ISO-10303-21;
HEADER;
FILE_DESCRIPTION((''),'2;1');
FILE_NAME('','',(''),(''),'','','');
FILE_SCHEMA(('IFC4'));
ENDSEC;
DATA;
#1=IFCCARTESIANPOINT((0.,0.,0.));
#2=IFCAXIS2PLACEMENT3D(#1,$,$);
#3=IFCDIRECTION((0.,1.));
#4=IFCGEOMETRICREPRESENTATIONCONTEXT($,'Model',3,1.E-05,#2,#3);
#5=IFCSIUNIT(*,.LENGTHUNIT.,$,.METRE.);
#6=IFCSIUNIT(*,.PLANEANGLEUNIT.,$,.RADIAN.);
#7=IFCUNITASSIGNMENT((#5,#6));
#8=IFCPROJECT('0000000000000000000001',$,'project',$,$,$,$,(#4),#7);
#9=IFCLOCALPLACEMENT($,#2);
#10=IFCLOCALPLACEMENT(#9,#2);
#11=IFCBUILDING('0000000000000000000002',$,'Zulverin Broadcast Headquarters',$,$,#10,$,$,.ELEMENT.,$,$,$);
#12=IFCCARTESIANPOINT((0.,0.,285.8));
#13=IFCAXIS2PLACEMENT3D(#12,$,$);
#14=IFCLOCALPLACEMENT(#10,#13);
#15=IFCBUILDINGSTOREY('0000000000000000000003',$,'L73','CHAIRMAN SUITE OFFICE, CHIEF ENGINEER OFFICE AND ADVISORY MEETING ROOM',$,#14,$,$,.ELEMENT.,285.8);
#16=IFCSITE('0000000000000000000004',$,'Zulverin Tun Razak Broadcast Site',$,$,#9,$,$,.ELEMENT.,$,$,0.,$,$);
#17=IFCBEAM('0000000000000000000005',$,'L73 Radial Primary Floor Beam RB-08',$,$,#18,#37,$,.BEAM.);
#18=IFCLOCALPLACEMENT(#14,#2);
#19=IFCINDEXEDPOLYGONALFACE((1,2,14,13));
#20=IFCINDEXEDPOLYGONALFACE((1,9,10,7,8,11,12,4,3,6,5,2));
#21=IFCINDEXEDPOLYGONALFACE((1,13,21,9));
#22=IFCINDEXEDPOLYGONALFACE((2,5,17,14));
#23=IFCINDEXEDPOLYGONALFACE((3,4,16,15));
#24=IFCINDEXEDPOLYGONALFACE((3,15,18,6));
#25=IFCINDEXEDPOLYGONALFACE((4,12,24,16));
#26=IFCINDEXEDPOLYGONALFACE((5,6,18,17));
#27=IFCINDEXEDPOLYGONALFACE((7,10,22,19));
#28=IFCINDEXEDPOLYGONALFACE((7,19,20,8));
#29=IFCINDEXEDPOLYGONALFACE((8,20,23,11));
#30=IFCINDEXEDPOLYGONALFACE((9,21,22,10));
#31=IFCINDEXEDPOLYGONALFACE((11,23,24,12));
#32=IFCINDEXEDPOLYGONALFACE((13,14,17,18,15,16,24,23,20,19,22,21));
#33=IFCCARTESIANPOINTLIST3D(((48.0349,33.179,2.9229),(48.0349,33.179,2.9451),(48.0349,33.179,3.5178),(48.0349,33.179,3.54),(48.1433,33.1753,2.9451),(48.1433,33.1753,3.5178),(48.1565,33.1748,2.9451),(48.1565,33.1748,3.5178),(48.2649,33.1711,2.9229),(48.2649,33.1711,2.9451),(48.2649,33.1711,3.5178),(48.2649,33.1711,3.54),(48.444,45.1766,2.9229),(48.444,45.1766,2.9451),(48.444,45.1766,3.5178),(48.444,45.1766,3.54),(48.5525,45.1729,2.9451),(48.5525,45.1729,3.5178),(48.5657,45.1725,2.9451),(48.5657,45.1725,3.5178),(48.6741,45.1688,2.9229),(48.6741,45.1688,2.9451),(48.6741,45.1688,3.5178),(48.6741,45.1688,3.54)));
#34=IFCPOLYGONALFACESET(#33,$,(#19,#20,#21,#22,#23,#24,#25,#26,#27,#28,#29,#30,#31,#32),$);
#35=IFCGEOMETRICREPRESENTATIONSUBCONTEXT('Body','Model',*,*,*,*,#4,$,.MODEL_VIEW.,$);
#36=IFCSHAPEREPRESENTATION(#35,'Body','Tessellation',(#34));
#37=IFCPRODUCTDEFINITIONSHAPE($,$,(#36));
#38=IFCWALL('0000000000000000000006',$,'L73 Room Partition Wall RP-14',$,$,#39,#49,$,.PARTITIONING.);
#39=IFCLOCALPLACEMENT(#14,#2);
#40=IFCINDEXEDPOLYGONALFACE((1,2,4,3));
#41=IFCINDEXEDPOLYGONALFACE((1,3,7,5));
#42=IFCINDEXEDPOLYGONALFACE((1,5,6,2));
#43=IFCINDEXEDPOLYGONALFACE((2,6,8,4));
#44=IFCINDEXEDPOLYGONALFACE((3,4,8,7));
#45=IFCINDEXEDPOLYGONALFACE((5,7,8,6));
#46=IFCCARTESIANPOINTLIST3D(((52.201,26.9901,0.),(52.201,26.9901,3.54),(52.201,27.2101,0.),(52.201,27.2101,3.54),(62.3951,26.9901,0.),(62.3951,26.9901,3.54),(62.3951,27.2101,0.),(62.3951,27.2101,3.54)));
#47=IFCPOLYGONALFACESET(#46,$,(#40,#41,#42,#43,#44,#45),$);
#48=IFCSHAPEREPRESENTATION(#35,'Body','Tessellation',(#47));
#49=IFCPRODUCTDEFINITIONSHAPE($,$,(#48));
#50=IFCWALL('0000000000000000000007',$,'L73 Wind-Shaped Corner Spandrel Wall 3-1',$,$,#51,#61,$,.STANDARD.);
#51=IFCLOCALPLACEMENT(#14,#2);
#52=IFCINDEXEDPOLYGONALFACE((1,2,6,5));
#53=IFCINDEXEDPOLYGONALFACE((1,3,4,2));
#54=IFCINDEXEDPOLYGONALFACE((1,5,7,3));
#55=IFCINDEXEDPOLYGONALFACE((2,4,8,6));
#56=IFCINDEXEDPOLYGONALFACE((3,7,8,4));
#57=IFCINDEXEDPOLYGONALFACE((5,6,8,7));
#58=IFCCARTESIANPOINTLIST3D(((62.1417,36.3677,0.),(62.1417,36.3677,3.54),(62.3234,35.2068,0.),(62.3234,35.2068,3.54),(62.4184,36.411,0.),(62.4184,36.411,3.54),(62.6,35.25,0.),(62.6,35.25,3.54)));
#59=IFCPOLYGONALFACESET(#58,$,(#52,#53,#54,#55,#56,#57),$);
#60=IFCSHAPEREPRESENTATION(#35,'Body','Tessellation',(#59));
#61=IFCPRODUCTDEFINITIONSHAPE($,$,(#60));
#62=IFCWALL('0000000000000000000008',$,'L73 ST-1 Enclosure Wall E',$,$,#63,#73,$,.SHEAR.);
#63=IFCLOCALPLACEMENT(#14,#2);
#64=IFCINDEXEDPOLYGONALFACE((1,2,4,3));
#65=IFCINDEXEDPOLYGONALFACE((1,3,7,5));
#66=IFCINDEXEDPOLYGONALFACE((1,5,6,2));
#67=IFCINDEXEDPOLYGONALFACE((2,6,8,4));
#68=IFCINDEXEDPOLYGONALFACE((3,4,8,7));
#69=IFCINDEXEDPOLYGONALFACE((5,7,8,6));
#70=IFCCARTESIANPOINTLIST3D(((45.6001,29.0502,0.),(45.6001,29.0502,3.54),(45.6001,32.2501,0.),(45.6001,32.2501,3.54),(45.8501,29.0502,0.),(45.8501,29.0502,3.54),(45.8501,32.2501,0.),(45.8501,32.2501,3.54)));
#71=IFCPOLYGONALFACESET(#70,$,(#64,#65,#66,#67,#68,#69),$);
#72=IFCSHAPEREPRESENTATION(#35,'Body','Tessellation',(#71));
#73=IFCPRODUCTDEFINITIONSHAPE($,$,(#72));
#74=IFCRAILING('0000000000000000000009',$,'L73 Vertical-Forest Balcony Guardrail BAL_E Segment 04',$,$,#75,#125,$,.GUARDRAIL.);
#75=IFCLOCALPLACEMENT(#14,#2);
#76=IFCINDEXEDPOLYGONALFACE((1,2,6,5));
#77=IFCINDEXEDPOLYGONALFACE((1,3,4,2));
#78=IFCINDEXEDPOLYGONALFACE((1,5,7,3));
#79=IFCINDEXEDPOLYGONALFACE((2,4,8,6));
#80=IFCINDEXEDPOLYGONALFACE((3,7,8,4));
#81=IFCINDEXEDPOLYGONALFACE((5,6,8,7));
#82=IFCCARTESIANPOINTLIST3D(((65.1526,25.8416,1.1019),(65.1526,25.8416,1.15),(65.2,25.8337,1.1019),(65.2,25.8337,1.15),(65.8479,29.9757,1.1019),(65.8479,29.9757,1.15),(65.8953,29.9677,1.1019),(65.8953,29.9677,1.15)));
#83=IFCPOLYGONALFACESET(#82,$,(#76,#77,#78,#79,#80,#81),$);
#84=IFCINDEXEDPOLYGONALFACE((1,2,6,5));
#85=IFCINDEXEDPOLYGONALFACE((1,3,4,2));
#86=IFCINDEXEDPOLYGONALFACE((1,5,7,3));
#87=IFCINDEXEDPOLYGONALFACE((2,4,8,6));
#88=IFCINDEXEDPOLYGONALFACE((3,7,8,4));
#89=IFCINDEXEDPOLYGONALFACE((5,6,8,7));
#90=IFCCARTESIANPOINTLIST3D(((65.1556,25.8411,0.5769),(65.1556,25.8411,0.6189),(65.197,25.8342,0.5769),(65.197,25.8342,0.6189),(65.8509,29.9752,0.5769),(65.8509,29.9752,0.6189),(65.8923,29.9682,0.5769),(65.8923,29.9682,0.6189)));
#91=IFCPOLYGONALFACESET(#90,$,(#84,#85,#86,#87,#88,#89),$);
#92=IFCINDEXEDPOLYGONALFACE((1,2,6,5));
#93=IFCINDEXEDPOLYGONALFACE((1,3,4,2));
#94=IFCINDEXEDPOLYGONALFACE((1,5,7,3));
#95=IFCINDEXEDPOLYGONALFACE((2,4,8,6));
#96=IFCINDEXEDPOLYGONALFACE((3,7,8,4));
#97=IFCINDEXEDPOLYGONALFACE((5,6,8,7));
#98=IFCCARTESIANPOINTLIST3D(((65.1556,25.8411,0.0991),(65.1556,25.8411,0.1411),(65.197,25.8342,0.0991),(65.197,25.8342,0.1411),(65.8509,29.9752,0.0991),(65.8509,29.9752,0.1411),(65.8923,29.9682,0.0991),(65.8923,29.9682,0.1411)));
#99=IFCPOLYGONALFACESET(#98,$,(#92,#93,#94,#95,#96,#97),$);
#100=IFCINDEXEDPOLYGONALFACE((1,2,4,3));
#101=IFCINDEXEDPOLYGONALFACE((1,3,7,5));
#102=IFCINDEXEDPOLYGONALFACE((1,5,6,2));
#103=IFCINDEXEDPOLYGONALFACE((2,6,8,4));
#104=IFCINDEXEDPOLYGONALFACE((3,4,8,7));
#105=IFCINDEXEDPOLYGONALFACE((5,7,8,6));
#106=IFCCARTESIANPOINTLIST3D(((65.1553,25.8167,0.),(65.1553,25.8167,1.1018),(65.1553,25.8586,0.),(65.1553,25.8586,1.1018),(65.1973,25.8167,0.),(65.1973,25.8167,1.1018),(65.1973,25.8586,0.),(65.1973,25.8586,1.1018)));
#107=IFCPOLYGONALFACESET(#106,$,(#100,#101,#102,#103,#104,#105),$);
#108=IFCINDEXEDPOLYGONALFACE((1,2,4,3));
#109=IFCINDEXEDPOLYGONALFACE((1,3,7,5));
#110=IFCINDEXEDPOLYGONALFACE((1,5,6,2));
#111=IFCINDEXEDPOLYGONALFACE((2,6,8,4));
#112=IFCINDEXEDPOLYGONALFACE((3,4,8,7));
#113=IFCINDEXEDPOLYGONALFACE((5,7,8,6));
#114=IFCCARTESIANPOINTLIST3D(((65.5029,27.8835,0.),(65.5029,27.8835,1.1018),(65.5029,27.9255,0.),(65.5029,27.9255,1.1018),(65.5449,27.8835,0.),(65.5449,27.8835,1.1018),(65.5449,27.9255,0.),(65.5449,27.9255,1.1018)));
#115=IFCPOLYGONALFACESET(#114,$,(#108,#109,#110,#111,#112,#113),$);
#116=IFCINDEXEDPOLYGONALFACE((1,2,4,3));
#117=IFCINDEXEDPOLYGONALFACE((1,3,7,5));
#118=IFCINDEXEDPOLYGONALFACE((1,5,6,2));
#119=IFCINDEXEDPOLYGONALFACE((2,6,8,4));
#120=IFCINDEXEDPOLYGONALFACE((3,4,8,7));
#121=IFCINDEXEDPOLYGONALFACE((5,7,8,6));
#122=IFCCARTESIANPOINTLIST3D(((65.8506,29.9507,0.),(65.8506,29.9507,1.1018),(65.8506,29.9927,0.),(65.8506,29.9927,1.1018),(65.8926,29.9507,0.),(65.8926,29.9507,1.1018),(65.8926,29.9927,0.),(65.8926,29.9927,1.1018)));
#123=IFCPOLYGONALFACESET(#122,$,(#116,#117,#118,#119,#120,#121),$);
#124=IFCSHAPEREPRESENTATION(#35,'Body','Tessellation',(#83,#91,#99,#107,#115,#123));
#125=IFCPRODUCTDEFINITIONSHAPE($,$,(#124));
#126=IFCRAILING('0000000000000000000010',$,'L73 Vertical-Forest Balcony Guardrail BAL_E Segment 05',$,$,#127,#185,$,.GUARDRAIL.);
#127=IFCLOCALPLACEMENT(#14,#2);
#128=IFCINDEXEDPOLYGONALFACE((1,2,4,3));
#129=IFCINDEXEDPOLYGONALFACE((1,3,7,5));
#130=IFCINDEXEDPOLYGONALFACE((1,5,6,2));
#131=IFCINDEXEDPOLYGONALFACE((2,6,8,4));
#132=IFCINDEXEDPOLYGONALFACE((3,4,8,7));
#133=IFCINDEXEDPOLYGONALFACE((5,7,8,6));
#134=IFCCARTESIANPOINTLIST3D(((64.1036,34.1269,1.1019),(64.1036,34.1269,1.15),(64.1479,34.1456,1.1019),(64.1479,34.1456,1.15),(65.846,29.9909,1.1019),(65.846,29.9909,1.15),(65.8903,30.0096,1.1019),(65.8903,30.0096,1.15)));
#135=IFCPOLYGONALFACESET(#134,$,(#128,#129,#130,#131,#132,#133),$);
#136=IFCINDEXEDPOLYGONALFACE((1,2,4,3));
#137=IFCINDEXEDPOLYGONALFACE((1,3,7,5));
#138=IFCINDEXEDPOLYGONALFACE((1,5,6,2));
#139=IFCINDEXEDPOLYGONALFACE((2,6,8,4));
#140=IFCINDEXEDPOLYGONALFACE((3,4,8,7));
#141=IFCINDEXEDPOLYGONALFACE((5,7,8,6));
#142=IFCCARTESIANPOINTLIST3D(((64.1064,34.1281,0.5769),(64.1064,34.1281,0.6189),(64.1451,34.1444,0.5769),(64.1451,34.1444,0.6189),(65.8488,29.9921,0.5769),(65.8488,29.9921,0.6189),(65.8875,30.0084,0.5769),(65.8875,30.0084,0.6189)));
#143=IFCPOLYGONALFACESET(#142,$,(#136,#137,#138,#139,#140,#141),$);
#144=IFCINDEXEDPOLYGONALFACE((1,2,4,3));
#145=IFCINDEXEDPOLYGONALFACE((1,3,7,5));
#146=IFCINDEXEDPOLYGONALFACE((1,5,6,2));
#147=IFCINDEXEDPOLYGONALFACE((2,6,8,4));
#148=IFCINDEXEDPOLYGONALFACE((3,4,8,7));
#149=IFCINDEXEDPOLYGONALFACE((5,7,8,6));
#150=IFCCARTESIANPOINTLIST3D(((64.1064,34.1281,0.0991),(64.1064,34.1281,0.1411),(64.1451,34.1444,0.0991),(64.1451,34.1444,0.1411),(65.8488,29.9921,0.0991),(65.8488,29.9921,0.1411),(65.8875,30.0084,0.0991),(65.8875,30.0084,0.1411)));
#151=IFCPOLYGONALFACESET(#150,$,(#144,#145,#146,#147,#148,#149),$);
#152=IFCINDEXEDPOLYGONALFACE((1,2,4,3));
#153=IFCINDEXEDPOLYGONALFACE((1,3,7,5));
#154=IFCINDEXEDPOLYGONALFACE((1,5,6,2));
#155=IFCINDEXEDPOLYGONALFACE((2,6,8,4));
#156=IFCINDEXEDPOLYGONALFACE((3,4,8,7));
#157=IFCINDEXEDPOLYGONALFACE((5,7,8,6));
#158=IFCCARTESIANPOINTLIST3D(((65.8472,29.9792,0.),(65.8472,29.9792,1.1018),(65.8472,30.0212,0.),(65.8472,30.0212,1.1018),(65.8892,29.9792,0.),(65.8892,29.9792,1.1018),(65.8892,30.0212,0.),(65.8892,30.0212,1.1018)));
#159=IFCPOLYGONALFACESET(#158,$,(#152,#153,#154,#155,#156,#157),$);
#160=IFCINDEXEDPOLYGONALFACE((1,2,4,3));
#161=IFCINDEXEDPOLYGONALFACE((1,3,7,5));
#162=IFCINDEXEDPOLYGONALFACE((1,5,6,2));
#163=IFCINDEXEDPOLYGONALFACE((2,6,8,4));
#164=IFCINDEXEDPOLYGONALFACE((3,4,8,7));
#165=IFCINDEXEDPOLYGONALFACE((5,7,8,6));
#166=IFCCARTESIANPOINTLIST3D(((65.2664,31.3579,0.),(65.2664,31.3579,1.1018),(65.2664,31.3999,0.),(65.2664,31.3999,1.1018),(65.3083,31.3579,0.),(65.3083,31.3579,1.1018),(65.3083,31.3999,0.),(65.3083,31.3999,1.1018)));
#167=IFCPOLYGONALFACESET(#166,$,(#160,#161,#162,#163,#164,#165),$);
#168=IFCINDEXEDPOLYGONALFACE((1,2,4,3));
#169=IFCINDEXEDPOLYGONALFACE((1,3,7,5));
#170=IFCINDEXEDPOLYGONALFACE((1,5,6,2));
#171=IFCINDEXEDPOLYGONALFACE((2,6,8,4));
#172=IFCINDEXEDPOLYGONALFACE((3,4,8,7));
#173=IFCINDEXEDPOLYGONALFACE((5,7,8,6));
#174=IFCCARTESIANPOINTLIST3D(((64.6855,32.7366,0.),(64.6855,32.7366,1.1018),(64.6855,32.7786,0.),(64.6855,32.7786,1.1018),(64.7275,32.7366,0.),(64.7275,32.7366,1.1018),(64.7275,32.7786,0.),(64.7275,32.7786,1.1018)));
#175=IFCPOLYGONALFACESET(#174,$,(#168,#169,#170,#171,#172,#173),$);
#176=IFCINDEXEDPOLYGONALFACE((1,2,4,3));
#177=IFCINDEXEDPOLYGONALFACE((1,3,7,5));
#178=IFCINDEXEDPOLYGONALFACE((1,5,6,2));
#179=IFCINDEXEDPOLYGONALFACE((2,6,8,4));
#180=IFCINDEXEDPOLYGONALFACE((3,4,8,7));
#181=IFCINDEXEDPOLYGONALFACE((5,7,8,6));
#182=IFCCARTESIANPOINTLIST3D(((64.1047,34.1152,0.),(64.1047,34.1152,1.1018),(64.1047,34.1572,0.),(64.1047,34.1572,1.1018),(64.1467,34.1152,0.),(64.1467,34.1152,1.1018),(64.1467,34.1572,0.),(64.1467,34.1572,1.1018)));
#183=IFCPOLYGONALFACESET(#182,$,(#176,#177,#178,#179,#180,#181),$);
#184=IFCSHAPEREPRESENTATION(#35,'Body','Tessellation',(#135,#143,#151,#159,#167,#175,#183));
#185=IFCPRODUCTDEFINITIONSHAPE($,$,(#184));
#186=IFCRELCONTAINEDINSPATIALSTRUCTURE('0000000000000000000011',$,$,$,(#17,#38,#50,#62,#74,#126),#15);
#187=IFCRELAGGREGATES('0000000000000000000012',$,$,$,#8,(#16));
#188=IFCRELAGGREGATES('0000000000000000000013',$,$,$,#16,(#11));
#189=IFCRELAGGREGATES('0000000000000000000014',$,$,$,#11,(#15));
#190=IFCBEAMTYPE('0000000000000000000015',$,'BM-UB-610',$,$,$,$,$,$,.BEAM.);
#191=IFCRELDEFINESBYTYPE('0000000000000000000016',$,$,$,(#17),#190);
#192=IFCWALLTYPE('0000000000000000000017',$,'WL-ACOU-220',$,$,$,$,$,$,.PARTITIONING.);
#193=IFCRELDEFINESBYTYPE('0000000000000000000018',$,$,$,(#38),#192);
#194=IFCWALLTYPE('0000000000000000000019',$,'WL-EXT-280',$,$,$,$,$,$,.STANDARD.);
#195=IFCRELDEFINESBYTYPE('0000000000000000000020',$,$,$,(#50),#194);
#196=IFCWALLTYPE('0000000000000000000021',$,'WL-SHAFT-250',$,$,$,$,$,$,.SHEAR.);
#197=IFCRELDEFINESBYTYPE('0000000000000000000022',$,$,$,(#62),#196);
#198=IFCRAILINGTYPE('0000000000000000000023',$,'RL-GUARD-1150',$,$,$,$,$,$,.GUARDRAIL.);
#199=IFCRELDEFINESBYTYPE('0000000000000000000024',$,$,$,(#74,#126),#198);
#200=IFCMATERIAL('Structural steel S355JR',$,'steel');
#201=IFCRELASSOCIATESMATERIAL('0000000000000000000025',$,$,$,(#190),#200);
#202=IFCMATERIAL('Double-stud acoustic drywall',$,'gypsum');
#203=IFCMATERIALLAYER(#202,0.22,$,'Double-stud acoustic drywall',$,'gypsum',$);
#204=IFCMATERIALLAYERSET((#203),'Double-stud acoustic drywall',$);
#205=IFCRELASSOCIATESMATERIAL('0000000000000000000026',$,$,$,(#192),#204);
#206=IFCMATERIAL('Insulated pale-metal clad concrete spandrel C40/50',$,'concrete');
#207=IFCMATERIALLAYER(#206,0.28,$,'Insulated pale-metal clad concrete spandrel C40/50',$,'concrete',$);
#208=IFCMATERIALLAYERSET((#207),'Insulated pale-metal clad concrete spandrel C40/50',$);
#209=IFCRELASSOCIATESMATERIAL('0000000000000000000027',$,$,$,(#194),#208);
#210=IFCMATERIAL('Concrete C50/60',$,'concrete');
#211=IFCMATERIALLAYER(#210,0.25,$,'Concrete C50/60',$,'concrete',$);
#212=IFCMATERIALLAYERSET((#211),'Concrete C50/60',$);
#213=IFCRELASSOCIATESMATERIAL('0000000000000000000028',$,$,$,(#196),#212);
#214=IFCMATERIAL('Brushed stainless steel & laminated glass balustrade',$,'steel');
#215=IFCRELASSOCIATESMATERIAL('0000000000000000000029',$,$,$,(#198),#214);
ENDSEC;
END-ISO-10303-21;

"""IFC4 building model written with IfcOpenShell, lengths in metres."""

from ifc_helpers import new_model, si_unit, direction, frame, frame_2d, origin, origin_2d, place, context, subcontext, project, spatial, rectangle, i_section, extrude, material, layer, layer_set, material_profile, profile_set, type_object, element, save


model = new_model("IFC4")

# Units and contexts
model_context = context("Model", 3, precision=1e-05, world=origin(), true_north=direction((0.0, 1.0)))
body_context = subcontext(model_context, "Body", "Model", "MODEL_VIEW")
ifc_project = project(units=[si_unit("LENGTHUNIT", "METRE"), si_unit("PLANEANGLEUNIT", "RADIAN")], contexts=[model_context])

# Site, building, storey
site_placement = place(None, origin())
site = spatial("IfcSite", under=ifc_project, at=site_placement, Name="Zulverin Tun Razak Broadcast Site", CompositionType="ELEMENT", RefElevation=0.0)
building_placement = place(site_placement, origin())
building = spatial("IfcBuilding", under=site, at=building_placement, Name="Zulverin Broadcast Headquarters", CompositionType="ELEMENT")
storey_placement = place(building_placement, frame((0.0, 0.0, 285.8)))
storey = spatial("IfcBuildingStorey", under=building, at=storey_placement, Name="L73", Description="CHAIRMAN SUITE OFFICE, CHIEF ENGINEER OFFICE AND ADVISORY MEETING ROOM", CompositionType="ELEMENT", Elevation=285.8)

# Shared definitions
ifc_material_1 = material(Name="Concrete C50/60", Category="concrete")

# Beam
ifc_material_2 = material(Name="Structural steel S355JR", Category="steel")
ifc_material_profile_1 = material_profile(ifc_material_2, i_section(OverallWidth=0.2302, OverallDepth=0.6172, WebThickness=0.0132, FlangeThickness=0.0222, at=origin_2d()), Name="Structural steel S355JR", Category="steel")
ifc_profile_set_1 = profile_set([ifc_material_profile_1], Name="Structural steel S355JR")
beam_type_1 = type_object("IfcBeamType", Name="BM-UB-610", PredefinedType="BEAM", material=ifc_profile_set_1)
beam_1_placement = place(storey_placement, frame((48.1499, 33.175, 3.2314), z_axis=(0.034085, 0.999419, 0.0), x_axis=(-0.999419, 0.034085, 0.0)))
element("IfcBeam", 1, at=beam_1_placement, inside=storey, type_object=beam_type_1, Name="L73 Radial Primary Floor Beam RB-08", PredefinedType="BEAM", context=body_context, shape_type="SweptSolid", body=[
    extrude(i_section(OverallWidth=0.2302, OverallDepth=0.6172, WebThickness=0.0132, FlangeThickness=0.0222, at=origin_2d()), origin(), (0.0, 0.0, 1.0), 12.0046),
])

# Walls
ifc_material_3 = material(Name="Double-stud acoustic drywall", Category="gypsum")
ifc_layer_1 = layer(ifc_material_3, 0.22, Name="Double-stud acoustic drywall", Category="gypsum")
ifc_layer_set_1 = layer_set([ifc_layer_1], Name="Double-stud acoustic drywall")
wall_type_1 = type_object("IfcWallType", Name="WL-ACOU-220", PredefinedType="PARTITIONING", material=ifc_layer_set_1)
wall_1_placement = place(storey_placement, frame((52.2009, 27.1001, 0.0), z_axis=(0.0, 0.0, 1.0), x_axis=(1.0, 0.0, 0.0)))
element("IfcWall", 2, at=wall_1_placement, inside=storey, type_object=wall_type_1, Name="L73 Room Partition Wall RP-14", PredefinedType="PARTITIONING", context=body_context, shape_type="SweptSolid", body=[
    extrude(rectangle(XDim=10.1941, YDim=0.22, at=frame_2d((5.0972, 0.0))), origin(), (0.0, 0.0, 1.0), 3.54),
])
ifc_material_4 = material(Name="Insulated pale-metal clad concrete spandrel C40/50", Category="concrete")
ifc_layer_2 = layer(ifc_material_4, 0.28, Name="Insulated pale-metal clad concrete spandrel C40/50", Category="concrete")
ifc_layer_set_2 = layer_set([ifc_layer_2], Name="Insulated pale-metal clad concrete spandrel C40/50")
wall_type_2 = type_object("IfcWallType", Name="WL-EXT-280", PredefinedType="STANDARD", material=ifc_layer_set_2)
wall_2_placement = place(storey_placement, frame((62.4617, 35.2285, 0.0), z_axis=(0.0, 0.0, 1.0), x_axis=(-0.154586, 0.987979, 0.0)))
element("IfcWall", 3, at=wall_2_placement, inside=storey, type_object=wall_type_2, Name="L73 Wind-Shaped Corner Spandrel Wall 3-1", PredefinedType="STANDARD", context=body_context, shape_type="SweptSolid", body=[
    extrude(rectangle(XDim=1.175, YDim=0.28, at=frame_2d((0.5874, 0.0))), origin(), (0.0, 0.0, 1.0), 3.54),
])
ifc_layer_3 = layer(ifc_material_1, 0.25, Name="Concrete C50/60", Category="concrete")
ifc_layer_set_3 = layer_set([ifc_layer_3], Name="Concrete C50/60")
wall_type_3 = type_object("IfcWallType", Name="WL-SHAFT-250", PredefinedType="SHEAR", material=ifc_layer_set_3)
wall_3_placement = place(storey_placement, frame((45.7251, 29.05, 0.0), z_axis=(0.0, 0.0, 1.0), x_axis=(0.0, 1.0, 0.0)))
element("IfcWall", 4, at=wall_3_placement, inside=storey, type_object=wall_type_3, Name="L73 ST-1 Enclosure Wall E", PredefinedType="SHEAR", context=body_context, shape_type="SweptSolid", body=[
    extrude(rectangle(XDim=3.2, YDim=0.25, at=frame_2d((1.6001, 0.0))), origin(), (0.0, 0.0, 1.0), 3.54),
])

# Railings
ifc_material_5 = material(Name="Brushed stainless steel & laminated glass balustrade", Category="steel")
railing_type = type_object("IfcRailingType", Name="RL-GUARD-1150", PredefinedType="GUARDRAIL", material=ifc_material_5)
railing_1_placement = place(storey_placement, frame((65.1763, 25.8376, 0.0)))
element("IfcRailing", 5, at=railing_1_placement, inside=storey, type_object=railing_type, Name="L73 Vertical-Forest Balcony Guardrail BAL_E Segment 04", PredefinedType="GUARDRAIL", context=body_context, shape_type="SweptSolid", body=[
    extrude(rectangle(XDim=0.0481, YDim=0.0481, at=origin_2d()), frame((0.0, 0.0, 1.126), z_axis=(0.165863, 0.986149, 0.0), x_axis=(-0.986149, 0.165863, 0.0)), (0.0, 0.0, 1.0), 4.1921),
    extrude(rectangle(XDim=0.042, YDim=0.042, at=origin_2d()), frame((0.0, 0.0, 0.5979), z_axis=(0.165863, 0.986149, 0.0), x_axis=(-0.986149, 0.165863, 0.0)), (0.0, 0.0, 1.0), 4.1921),
    extrude(rectangle(XDim=0.042, YDim=0.042, at=origin_2d()), frame((0.0, 0.0, 0.1201), z_axis=(0.165863, 0.986149, 0.0), x_axis=(-0.986149, 0.165863, 0.0)), (0.0, 0.0, 1.0), 4.1921),
    extrude(rectangle(XDim=0.042, YDim=0.042, at=origin_2d()), origin(), (0.0, 0.0, 1.0), 1.1018),
    extrude(rectangle(XDim=0.042, YDim=0.042, at=origin_2d()), frame((0.3477, 2.0669, 0.0)), (0.0, 0.0, 1.0), 1.1018),
    extrude(rectangle(XDim=0.042, YDim=0.042, at=origin_2d()), frame((0.6953, 4.134, 0.0)), (0.0, 0.0, 1.0), 1.1018),
])
railing_2_placement = place(storey_placement, frame((65.8682, 30.0002, 0.0)))
element("IfcRailing", 6, at=railing_2_placement, inside=storey, type_object=railing_type, Name="L73 Vertical-Forest Balcony Guardrail BAL_E Segment 05", PredefinedType="GUARDRAIL", context=body_context, shape_type="SweptSolid", body=[
    extrude(rectangle(XDim=0.0481, YDim=0.0481, at=origin_2d()), frame((0.0, 0.0, 1.126), z_axis=(-0.388239, 0.921559, 0.0), x_axis=(-0.921559, -0.388239, 0.0)), (0.0, 0.0, 1.0), 4.488),
    extrude(rectangle(XDim=0.042, YDim=0.042, at=origin_2d()), frame((0.0, 0.0, 0.5979), z_axis=(-0.388239, 0.921559, 0.0), x_axis=(-0.921559, -0.388239, 0.0)), (0.0, 0.0, 1.0), 4.488),
    extrude(rectangle(XDim=0.042, YDim=0.042, at=origin_2d()), frame((0.0, 0.0, 0.1201), z_axis=(-0.388239, 0.921559, 0.0), x_axis=(-0.921559, -0.388239, 0.0)), (0.0, 0.0, 1.0), 4.488),
    extrude(rectangle(XDim=0.042, YDim=0.042, at=origin_2d()), origin(), (0.0, 0.0, 1.0), 1.1018),
    extrude(rectangle(XDim=0.042, YDim=0.042, at=origin_2d()), frame((-0.5808, 1.3787, 0.0)), (0.0, 0.0, 1.0), 1.1018),
    extrude(rectangle(XDim=0.042, YDim=0.042, at=origin_2d()), frame((-1.1616, 2.7573, 0.0)), (0.0, 0.0, 1.0), 1.1018),
    extrude(rectangle(XDim=0.042, YDim=0.042, at=origin_2d()), frame((-1.7424, 4.136, 0.0)), (0.0, 0.0, 1.0), 1.1018),
])

save(model, "model.ifc")
